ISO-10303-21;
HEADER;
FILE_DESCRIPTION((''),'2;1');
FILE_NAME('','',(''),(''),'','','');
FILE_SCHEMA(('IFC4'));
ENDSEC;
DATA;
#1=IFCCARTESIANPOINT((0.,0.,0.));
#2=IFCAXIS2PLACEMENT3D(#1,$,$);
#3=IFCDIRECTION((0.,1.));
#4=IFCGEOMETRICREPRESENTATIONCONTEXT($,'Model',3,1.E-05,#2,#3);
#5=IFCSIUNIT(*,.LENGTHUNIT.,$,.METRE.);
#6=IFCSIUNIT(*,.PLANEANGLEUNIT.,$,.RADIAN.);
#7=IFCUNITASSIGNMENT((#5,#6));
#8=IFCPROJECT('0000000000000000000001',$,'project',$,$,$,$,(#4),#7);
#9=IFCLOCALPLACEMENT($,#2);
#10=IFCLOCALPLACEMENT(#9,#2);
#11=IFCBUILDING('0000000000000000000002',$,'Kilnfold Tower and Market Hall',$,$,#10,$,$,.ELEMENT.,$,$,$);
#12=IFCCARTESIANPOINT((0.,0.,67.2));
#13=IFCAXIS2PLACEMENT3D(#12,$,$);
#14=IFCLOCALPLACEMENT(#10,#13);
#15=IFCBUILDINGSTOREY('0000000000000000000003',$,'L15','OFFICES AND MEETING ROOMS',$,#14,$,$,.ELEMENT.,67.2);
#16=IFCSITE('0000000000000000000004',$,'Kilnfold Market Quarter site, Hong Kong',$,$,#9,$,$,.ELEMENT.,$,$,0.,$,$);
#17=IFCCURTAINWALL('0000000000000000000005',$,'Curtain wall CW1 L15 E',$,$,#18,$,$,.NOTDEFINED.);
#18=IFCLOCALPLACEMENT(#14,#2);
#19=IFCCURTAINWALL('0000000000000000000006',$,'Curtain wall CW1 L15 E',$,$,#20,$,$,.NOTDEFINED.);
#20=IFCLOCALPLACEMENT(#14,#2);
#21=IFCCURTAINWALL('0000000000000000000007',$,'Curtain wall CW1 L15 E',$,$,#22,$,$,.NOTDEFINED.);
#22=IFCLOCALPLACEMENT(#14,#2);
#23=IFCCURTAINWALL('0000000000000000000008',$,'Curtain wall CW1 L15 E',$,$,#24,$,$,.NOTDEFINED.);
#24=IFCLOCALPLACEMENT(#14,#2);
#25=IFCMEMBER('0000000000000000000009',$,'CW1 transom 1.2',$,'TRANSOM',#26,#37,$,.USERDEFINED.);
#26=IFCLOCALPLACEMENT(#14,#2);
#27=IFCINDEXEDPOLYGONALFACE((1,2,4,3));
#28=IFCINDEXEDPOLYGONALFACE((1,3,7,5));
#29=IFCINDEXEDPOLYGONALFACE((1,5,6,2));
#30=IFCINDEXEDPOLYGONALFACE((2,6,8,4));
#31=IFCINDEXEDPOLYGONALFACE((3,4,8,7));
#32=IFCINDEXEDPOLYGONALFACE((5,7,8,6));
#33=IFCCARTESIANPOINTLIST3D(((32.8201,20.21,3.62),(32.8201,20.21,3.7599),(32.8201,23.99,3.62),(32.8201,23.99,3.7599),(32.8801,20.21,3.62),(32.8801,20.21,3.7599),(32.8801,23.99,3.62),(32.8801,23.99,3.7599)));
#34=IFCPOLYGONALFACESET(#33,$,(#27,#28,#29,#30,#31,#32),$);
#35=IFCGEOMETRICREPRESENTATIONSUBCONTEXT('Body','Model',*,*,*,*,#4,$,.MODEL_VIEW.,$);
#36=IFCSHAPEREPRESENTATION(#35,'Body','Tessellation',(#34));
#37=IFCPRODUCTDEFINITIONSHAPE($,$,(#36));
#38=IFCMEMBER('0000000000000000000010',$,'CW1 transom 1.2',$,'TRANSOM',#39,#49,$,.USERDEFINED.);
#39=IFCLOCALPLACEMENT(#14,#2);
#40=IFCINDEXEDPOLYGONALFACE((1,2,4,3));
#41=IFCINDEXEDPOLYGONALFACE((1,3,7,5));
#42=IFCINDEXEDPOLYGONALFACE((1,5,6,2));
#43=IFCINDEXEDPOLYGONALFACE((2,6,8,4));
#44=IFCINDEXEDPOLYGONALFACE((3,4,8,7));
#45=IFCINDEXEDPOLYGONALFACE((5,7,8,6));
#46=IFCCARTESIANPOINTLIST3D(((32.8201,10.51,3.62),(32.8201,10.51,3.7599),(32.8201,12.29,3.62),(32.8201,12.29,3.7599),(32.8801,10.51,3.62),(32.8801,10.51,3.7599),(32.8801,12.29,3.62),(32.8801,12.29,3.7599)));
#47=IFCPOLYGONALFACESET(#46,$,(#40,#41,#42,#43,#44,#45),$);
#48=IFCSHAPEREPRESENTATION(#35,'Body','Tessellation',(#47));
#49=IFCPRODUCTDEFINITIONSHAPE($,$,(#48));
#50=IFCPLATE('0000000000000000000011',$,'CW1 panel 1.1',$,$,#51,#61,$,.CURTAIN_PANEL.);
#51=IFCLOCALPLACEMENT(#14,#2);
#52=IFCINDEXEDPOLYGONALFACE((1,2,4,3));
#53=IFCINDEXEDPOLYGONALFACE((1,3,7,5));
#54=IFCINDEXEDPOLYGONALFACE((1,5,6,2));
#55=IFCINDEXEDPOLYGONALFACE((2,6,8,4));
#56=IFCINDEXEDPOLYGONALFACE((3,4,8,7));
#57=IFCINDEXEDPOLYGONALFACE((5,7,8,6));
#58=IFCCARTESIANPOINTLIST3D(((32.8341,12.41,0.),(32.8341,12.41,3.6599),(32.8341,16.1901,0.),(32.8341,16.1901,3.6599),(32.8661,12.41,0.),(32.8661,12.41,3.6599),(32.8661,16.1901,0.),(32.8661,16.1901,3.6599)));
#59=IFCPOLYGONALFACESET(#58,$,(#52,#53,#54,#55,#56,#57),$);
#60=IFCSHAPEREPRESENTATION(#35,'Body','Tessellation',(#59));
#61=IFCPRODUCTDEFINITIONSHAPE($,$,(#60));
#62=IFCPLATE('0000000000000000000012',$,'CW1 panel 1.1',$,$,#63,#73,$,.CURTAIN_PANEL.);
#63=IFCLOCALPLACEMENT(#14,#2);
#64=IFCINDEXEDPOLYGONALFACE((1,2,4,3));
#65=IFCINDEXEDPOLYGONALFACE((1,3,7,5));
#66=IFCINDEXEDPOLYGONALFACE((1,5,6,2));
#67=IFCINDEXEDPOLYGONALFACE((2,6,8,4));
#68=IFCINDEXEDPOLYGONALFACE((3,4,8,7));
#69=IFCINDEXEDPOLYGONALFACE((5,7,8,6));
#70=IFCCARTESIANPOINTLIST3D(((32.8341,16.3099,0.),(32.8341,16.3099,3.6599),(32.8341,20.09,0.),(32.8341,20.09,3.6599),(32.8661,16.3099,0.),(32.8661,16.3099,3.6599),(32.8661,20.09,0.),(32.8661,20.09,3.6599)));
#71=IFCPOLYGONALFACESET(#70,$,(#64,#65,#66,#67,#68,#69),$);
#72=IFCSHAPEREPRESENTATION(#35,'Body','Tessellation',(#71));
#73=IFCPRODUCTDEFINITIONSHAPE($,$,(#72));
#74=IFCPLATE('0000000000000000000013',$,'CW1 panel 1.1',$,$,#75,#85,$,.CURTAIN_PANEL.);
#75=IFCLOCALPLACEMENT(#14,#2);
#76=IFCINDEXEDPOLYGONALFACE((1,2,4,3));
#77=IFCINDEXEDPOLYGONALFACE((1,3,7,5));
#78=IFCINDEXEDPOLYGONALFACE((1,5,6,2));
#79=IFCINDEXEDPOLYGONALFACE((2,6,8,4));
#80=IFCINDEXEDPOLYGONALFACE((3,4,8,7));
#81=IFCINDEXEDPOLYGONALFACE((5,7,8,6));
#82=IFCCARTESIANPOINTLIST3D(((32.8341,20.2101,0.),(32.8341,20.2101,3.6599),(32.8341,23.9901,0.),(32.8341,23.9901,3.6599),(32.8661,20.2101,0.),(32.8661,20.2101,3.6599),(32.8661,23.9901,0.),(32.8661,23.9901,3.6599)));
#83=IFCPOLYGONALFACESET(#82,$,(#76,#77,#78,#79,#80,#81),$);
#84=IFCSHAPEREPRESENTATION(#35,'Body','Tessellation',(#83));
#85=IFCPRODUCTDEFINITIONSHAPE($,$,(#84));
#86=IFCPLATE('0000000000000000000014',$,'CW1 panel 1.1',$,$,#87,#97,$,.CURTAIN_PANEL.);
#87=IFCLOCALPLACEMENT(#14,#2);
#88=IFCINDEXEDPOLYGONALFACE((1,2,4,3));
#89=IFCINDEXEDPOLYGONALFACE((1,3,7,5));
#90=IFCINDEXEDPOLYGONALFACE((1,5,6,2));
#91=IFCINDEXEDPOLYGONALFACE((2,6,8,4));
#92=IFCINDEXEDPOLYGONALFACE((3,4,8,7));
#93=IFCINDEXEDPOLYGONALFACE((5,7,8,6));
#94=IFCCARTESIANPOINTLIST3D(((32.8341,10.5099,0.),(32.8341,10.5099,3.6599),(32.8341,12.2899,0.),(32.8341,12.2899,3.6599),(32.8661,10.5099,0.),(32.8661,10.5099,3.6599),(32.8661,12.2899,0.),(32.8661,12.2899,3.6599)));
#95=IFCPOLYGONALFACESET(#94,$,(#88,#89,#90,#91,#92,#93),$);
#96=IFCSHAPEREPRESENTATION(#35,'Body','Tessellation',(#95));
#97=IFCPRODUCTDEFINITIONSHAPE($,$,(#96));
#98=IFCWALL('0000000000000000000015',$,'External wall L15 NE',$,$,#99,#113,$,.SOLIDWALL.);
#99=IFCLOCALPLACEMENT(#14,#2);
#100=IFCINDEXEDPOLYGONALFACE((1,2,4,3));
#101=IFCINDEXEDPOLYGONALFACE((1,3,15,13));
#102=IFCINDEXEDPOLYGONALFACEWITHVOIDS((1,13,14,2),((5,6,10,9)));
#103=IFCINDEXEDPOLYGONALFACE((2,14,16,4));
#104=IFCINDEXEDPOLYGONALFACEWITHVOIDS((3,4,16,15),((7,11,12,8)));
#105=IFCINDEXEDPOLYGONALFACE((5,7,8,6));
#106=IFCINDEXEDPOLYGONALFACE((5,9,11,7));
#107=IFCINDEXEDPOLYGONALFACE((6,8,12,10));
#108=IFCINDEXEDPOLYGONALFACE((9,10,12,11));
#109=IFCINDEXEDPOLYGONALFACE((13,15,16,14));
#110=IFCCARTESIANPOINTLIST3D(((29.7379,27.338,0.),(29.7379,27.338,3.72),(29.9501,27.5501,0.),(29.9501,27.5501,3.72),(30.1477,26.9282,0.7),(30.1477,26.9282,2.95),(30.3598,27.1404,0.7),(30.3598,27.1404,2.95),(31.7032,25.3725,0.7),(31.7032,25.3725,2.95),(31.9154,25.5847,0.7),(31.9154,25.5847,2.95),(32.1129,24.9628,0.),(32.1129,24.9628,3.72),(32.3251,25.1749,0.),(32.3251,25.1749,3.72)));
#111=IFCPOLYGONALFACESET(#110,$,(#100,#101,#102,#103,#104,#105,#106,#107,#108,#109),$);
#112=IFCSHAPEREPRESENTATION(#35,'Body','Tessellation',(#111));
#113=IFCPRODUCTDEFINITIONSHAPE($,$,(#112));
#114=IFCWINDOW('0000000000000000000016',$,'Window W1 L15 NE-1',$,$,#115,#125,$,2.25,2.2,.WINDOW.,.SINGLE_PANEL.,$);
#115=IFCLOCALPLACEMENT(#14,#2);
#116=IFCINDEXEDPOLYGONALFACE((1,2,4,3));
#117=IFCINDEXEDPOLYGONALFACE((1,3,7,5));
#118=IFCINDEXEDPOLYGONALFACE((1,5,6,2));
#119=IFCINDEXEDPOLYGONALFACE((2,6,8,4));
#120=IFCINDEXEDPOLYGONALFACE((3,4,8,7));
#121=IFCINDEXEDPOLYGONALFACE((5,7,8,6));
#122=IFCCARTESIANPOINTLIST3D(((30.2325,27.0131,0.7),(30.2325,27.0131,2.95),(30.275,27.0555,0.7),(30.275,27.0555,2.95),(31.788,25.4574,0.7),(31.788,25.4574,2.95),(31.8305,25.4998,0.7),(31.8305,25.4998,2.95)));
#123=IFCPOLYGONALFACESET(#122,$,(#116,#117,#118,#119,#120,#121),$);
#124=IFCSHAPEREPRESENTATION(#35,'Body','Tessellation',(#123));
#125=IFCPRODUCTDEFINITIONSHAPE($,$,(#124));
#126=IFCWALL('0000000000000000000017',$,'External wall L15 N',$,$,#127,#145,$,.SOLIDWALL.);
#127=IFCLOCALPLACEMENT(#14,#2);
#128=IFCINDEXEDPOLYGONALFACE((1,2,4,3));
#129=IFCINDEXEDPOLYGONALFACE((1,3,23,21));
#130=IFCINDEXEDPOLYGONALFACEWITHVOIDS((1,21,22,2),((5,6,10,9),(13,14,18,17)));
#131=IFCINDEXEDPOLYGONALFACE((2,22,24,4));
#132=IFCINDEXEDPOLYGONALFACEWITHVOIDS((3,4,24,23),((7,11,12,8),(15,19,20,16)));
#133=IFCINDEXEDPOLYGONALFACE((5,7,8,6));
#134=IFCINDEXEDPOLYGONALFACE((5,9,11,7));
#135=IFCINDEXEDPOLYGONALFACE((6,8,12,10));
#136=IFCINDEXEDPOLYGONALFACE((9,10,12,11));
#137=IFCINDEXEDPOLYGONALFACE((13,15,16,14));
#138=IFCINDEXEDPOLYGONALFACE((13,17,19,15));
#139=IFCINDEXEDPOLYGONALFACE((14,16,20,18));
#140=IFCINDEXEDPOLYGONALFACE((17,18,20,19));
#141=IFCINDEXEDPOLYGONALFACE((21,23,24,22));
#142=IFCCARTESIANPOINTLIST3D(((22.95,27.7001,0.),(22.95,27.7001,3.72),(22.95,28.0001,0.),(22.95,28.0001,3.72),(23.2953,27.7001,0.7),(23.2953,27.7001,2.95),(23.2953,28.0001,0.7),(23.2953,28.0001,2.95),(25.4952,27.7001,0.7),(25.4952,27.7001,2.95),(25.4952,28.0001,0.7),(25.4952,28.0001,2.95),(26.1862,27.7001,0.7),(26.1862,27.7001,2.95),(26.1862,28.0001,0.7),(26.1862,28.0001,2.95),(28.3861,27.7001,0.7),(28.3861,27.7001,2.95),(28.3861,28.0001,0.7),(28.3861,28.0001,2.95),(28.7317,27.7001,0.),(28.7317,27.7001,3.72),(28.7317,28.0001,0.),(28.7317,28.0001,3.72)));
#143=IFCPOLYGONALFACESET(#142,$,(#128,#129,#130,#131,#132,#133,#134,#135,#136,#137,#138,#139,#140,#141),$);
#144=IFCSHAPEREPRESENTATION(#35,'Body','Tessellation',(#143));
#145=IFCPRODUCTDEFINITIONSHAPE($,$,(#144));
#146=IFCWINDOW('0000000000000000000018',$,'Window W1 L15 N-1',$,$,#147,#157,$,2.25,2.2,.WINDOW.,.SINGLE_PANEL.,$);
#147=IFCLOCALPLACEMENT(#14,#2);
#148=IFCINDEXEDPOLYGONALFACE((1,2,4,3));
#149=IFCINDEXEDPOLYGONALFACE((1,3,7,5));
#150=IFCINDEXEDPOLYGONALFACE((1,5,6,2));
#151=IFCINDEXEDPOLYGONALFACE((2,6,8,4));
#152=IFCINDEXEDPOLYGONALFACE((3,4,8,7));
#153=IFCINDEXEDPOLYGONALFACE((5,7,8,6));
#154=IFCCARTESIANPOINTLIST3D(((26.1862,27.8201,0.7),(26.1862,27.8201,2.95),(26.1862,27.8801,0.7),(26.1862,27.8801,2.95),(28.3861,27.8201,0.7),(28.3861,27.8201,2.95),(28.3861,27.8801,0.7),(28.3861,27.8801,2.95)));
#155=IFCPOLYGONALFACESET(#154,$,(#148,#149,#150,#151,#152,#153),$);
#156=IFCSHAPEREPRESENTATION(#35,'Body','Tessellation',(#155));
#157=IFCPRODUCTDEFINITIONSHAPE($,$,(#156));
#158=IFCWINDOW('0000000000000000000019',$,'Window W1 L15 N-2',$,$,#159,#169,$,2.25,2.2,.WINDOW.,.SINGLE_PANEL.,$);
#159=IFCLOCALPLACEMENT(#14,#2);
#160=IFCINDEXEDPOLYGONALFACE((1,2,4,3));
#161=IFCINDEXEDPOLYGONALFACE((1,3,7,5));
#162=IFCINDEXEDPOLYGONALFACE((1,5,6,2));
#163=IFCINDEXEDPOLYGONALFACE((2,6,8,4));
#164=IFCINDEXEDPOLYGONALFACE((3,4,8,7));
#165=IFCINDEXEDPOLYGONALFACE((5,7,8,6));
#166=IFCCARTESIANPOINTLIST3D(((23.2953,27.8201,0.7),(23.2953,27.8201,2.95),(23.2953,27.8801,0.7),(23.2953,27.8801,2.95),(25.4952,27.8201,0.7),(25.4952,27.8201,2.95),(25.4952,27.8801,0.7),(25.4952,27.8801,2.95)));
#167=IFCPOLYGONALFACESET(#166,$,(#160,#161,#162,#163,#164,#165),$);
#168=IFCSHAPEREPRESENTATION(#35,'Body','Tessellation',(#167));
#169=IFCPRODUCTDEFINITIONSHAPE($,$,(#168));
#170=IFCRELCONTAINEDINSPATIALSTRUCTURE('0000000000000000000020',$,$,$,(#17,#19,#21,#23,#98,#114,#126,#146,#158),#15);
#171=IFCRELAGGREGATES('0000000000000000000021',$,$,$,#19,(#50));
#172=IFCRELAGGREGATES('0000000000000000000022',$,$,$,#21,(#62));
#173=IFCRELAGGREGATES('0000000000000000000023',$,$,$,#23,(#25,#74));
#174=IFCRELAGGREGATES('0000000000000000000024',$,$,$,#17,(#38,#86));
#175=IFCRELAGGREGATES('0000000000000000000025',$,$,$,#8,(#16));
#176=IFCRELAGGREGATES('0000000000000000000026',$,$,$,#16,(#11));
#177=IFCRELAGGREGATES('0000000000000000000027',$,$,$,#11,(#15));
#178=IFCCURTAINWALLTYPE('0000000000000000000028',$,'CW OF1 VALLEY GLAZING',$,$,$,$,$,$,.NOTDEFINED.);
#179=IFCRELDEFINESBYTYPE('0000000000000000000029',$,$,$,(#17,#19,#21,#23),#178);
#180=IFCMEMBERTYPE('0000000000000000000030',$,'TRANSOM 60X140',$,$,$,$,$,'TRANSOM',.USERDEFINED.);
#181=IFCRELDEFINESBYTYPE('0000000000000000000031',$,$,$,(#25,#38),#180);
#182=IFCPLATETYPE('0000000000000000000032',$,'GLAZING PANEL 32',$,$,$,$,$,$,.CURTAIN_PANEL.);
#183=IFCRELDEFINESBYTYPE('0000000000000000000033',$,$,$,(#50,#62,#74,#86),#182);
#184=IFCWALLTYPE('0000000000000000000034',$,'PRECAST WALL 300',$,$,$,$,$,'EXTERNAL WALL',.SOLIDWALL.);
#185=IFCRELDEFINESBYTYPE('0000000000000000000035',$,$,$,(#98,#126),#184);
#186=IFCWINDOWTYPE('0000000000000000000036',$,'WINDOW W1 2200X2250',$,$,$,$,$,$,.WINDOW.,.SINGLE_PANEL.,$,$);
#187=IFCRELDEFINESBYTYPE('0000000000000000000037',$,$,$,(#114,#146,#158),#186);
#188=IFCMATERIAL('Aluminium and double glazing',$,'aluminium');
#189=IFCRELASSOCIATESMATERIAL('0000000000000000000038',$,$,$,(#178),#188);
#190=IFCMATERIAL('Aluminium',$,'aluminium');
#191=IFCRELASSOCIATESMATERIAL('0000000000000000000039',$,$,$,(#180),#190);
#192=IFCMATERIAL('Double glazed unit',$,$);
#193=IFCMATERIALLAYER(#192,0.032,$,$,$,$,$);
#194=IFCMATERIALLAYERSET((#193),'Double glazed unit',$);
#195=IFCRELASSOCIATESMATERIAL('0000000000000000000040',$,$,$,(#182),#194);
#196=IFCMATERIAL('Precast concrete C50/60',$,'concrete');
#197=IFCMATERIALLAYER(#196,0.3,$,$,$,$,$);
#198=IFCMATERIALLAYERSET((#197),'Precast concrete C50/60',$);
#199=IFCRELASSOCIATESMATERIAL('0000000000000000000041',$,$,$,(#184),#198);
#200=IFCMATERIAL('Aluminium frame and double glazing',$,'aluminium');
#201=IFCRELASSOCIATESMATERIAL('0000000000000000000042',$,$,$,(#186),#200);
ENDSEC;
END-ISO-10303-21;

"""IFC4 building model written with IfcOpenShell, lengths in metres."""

from ifc_helpers import new_model, si_unit, direction, frame, frame_2d, origin, origin_2d, place, context, subcontext, project, spatial, rectangle, extrude, source, transform, mapped, material, layer, layer_set, material_profile, profile_set, type_object, element, fill, aggregate, save


model = new_model("IFC4")

# Units and contexts
model_context = context("Model", 3, precision=1e-05, world=origin(), true_north=direction((0.0, 1.0)))
body_context = subcontext(model_context, "Body", "Model", "MODEL_VIEW")
ifc_project = project(units=[si_unit("LENGTHUNIT", "METRE"), si_unit("PLANEANGLEUNIT", "RADIAN")], contexts=[model_context])

# Site, building, storey
site_placement = place(None, origin())
site = spatial("IfcSite", under=ifc_project, at=site_placement, Name="Kilnfold Market Quarter site, Hong Kong", CompositionType="ELEMENT", RefElevation=0.0)
building_placement = place(site_placement, origin())
building = spatial("IfcBuilding", under=site, at=building_placement, Name="Kilnfold Tower and Market Hall", CompositionType="ELEMENT")
storey_placement = place(building_placement, frame((0.0, 0.0, 67.2)))
storey = spatial("IfcBuildingStorey", under=building, at=storey_placement, Name="L15", Description="OFFICES AND MEETING ROOMS", CompositionType="ELEMENT", Elevation=67.2)

# Curtain walls
ifc_material_1 = material(Name="Aluminium and double glazing", Category="aluminium")
curtain_wall_type = type_object("IfcCurtainWallType", Name="CW OF1 VALLEY GLAZING", PredefinedType="NOTDEFINED", material=ifc_material_1)
curtain_wall_1_placement = place(storey_placement, origin())
curtain_wall_1 = element("IfcCurtainWall", 1, at=curtain_wall_1_placement, inside=storey, type_object=curtain_wall_type, Name="Curtain wall CW1 L15 E", PredefinedType="NOTDEFINED")
curtain_wall_2_placement = place(storey_placement, origin())
curtain_wall_2 = element("IfcCurtainWall", 2, at=curtain_wall_2_placement, inside=storey, type_object=curtain_wall_type, Name="Curtain wall CW1 L15 E", PredefinedType="NOTDEFINED")
curtain_wall_3_placement = place(storey_placement, origin())
curtain_wall_3 = element("IfcCurtainWall", 3, at=curtain_wall_3_placement, inside=storey, type_object=curtain_wall_type, Name="Curtain wall CW1 L15 E", PredefinedType="NOTDEFINED")
curtain_wall_4_placement = place(storey_placement, origin())
curtain_wall_4 = element("IfcCurtainWall", 4, at=curtain_wall_4_placement, inside=storey, type_object=curtain_wall_type, Name="Curtain wall CW1 L15 E", PredefinedType="NOTDEFINED")

# Members
ifc_material_2 = material(Name="Aluminium", Category="aluminium")
ifc_material_profile_1 = material_profile(ifc_material_2, rectangle(XDim=0.0601, YDim=0.1399, at=origin_2d()), Name="TRANSOM 60x140")
ifc_profile_set_1 = profile_set([ifc_material_profile_1], Name="Aluminium")
member_type_1 = type_object("IfcMemberType", Name="TRANSOM 60X140", ElementType="TRANSOM", PredefinedType="USERDEFINED", material=ifc_profile_set_1)
shared_shape_1 = source(origin(), body_context, "Body", "SweptSolid", [
    extrude(rectangle(XDim=0.0601, YDim=0.1399, at=origin_2d()), origin(), (0.0, 0.0, 1.0), 3.78),
])
member_1_placement = place(storey_placement, frame((32.8501, 20.21, 3.6899), z_axis=(0.0, 1.0, 0.0), x_axis=(-1.0, 0.0, 0.0)))
member_1 = element("IfcMember", 5, at=member_1_placement, type_object=member_type_1, Name="CW1 transom 1.2", ObjectType="TRANSOM", PredefinedType="USERDEFINED", context=body_context, shape_type="MappedRepresentation", body=[
    mapped(shared_shape_1, transform((0.0, 0.0, 0.0))),
])
shared_shape_2 = source(origin(), body_context, "Body", "SweptSolid", [
    extrude(rectangle(XDim=0.0601, YDim=0.1399, at=origin_2d()), origin(), (0.0, 0.0, 1.0), 1.78),
])
member_2_placement = place(storey_placement, frame((32.8501, 10.51, 3.6899), z_axis=(0.0, 1.0, 0.0), x_axis=(-1.0, 0.0, 0.0)))
member_2 = element("IfcMember", 6, at=member_2_placement, type_object=member_type_1, Name="CW1 transom 1.2", ObjectType="TRANSOM", PredefinedType="USERDEFINED", context=body_context, shape_type="MappedRepresentation", body=[
    mapped(shared_shape_2, transform((0.0, 0.0, 0.0))),
])

# Plates
ifc_material_3 = material(Name="Double glazed unit")
ifc_layer_1 = layer(ifc_material_3, 0.032)
ifc_layer_set_1 = layer_set([ifc_layer_1], Name="Double glazed unit")
plate_type = type_object("IfcPlateType", Name="GLAZING PANEL 32", PredefinedType="CURTAIN_PANEL", material=ifc_layer_set_1)
shared_shape_3 = source(origin(), body_context, "Body", "SweptSolid", [
    extrude(rectangle(XDim=3.78, YDim=0.032, at=origin_2d()), origin(), (0.0, 0.0, 1.0), 3.6599),
])
plate_1_placement = place(storey_placement, frame((32.8501, 14.3, 0.0), z_axis=(0.0, 0.0, 1.0), x_axis=(0.0, 1.0, 0.0)))
plate_1 = element("IfcPlate", 7, at=plate_1_placement, type_object=plate_type, Name="CW1 panel 1.1", PredefinedType="CURTAIN_PANEL", context=body_context, shape_type="MappedRepresentation", body=[
    mapped(shared_shape_3, transform((0.0, 0.0, 0.0))),
])
aggregate(curtain_wall_2, [plate_1])
plate_2_placement = place(storey_placement, frame((32.8501, 18.2, 0.0), z_axis=(0.0, 0.0, 1.0), x_axis=(0.0, 1.0, 0.0)))
plate_2 = element("IfcPlate", 8, at=plate_2_placement, type_object=plate_type, Name="CW1 panel 1.1", PredefinedType="CURTAIN_PANEL", context=body_context, shape_type="MappedRepresentation", body=[
    mapped(shared_shape_3, transform((0.0, 0.0, 0.0))),
])
aggregate(curtain_wall_3, [plate_2])
plate_3_placement = place(storey_placement, frame((32.8501, 22.1001, 0.0), z_axis=(0.0, 0.0, 1.0), x_axis=(0.0, 1.0, 0.0)))
plate_3 = element("IfcPlate", 9, at=plate_3_placement, type_object=plate_type, Name="CW1 panel 1.1", PredefinedType="CURTAIN_PANEL", context=body_context, shape_type="MappedRepresentation", body=[
    mapped(shared_shape_3, transform((0.0, 0.0, 0.0))),
])
aggregate(curtain_wall_4, [member_1, plate_3])
shared_shape_4 = source(origin(), body_context, "Body", "SweptSolid", [
    extrude(rectangle(XDim=1.78, YDim=0.032, at=origin_2d()), origin(), (0.0, 0.0, 1.0), 3.6599),
])
plate_4_placement = place(storey_placement, frame((32.8501, 11.3999, 0.0), z_axis=(0.0, 0.0, 1.0), x_axis=(0.0, 1.0, 0.0)))
plate_4 = element("IfcPlate", 10, at=plate_4_placement, type_object=plate_type, Name="CW1 panel 1.1", PredefinedType="CURTAIN_PANEL", context=body_context, shape_type="MappedRepresentation", body=[
    mapped(shared_shape_4, transform((0.0, 0.0, 0.0))),
])
aggregate(curtain_wall_1, [member_2, plate_4])

# Wall, opening, window
ifc_material_4 = material(Name="Precast concrete C50/60", Category="concrete")
ifc_layer_2 = layer(ifc_material_4, 0.3)
ifc_layer_set_2 = layer_set([ifc_layer_2], Name="Precast concrete C50/60")
wall_type = type_object("IfcWallType", Name="PRECAST WALL 300", ElementType="EXTERNAL WALL", PredefinedType="SOLIDWALL", material=ifc_layer_set_2)
shared_shape_5 = source(origin(), body_context, "Body", "SweptSolid", [
    extrude(rectangle(XDim=3.3589, YDim=0.3, at=frame_2d((1.6794, 0.0))), origin(), (0.0, 0.0, 1.0), 3.72),
])
wall_1_placement = place(storey_placement, frame((32.219, 25.0688, 0.0), z_axis=(0.0, 0.0, 1.0), x_axis=(-0.70707, 0.707143, 0.0)))
wall_1 = element("IfcWall", 11, at=wall_1_placement, inside=storey, type_object=wall_type, Name="External wall L15 NE", PredefinedType="SOLIDWALL", context=body_context, shape_type="MappedRepresentation", body=[
    mapped(shared_shape_5, transform((0.0, 0.0, 0.0))),
])
opening_1_placement = place(wall_1_placement, frame((0.5793, 0.0, 0.7)))
opening_1 = element("IfcOpeningElement", 12, at=opening_1_placement, cuts=wall_1, PredefinedType="OPENING", context=body_context, shape_type="SweptSolid", body=[
    extrude(rectangle(XDim=2.2, YDim=2.25, at=frame_2d((1.1001, 1.125))), frame((0.0, 0.1602, 0.0), z_axis=(0.0, -1.0, 0.0), x_axis=(1.0, 0.0, 0.0)), (0.0, 0.0, 1.0), 0.3201),
])
ifc_material_5 = material(Name="Aluminium frame and double glazing", Category="aluminium")
window_type = type_object("IfcWindowType", Name="WINDOW W1 2200X2250", PartitioningType="SINGLE_PANEL", PredefinedType="WINDOW", material=ifc_material_5)
window_1_placement = place(opening_1_placement, origin())
window_1 = element("IfcWindow", 13, at=window_1_placement, inside=storey, type_object=window_type, Name="Window W1 L15 NE-1", OverallHeight=2.25, OverallWidth=2.2, PartitioningType="SINGLE_PANEL", PredefinedType="WINDOW", context=body_context, shape_type="SweptSolid", body=[
    extrude(rectangle(XDim=2.2, YDim=2.25, at=frame_2d((1.1001, 1.125))), frame((0.0, 0.03, 0.0), z_axis=(0.0, -1.0, 0.0), x_axis=(1.0, 0.0, 0.0)), (0.0, 0.0, 1.0), 0.0601),
])
fill(opening_1, window_1)

# Wall, openings, windows
shared_shape_6 = source(origin(), body_context, "Body", "SweptSolid", [
    extrude(rectangle(XDim=5.7817, YDim=0.3, at=frame_2d((2.8909, 0.0))), origin(), (0.0, 0.0, 1.0), 3.72),
])
wall_2_placement = place(storey_placement, frame((28.7317, 27.8501, 0.0), z_axis=(0.0, 0.0, 1.0), x_axis=(-1.0, 0.0, 0.0)))
wall_2 = element("IfcWall", 14, at=wall_2_placement, inside=storey, type_object=wall_type, Name="External wall L15 N", PredefinedType="SOLIDWALL", context=body_context, shape_type="MappedRepresentation", body=[
    mapped(shared_shape_6, transform((0.0, 0.0, 0.0))),
])
opening_2_placement = place(wall_2_placement, frame((0.3455, 0.0, 0.7)))
opening_2 = element("IfcOpeningElement", 15, at=opening_2_placement, cuts=wall_2, PredefinedType="OPENING", context=body_context, shape_type="SweptSolid", body=[
    extrude(rectangle(XDim=2.2, YDim=2.25, at=frame_2d((1.1001, 1.125))), frame((0.0, 0.1602, 0.0), z_axis=(0.0, -1.0, 0.0), x_axis=(1.0, 0.0, 0.0)), (0.0, 0.0, 1.0), 0.3201),
])
opening_3_placement = place(wall_2_placement, frame((3.2363, 0.0, 0.7)))
opening_3 = element("IfcOpeningElement", 16, at=opening_3_placement, cuts=wall_2, PredefinedType="OPENING", context=body_context, shape_type="SweptSolid", body=[
    extrude(rectangle(XDim=2.2, YDim=2.25, at=frame_2d((1.1001, 1.125))), frame((0.0, 0.1602, 0.0), z_axis=(0.0, -1.0, 0.0), x_axis=(1.0, 0.0, 0.0)), (0.0, 0.0, 1.0), 0.3201),
])
window_2_placement = place(opening_2_placement, origin())
window_2 = element("IfcWindow", 17, at=window_2_placement, inside=storey, type_object=window_type, Name="Window W1 L15 N-1", OverallHeight=2.25, OverallWidth=2.2, PartitioningType="SINGLE_PANEL", PredefinedType="WINDOW", context=body_context, shape_type="SweptSolid", body=[
    extrude(rectangle(XDim=2.2, YDim=2.25, at=frame_2d((1.1001, 1.125))), frame((0.0, 0.03, 0.0), z_axis=(0.0, -1.0, 0.0), x_axis=(1.0, 0.0, 0.0)), (0.0, 0.0, 1.0), 0.0601),
])
fill(opening_2, window_2)
window_3_placement = place(opening_3_placement, origin())
window_3 = element("IfcWindow", 18, at=window_3_placement, inside=storey, type_object=window_type, Name="Window W1 L15 N-2", OverallHeight=2.25, OverallWidth=2.2, PartitioningType="SINGLE_PANEL", PredefinedType="WINDOW", context=body_context, shape_type="SweptSolid", body=[
    extrude(rectangle(XDim=2.2, YDim=2.25, at=frame_2d((1.1001, 1.125))), frame((0.0, 0.03, 0.0), z_axis=(0.0, -1.0, 0.0), x_axis=(1.0, 0.0, 0.0)), (0.0, 0.0, 1.0), 0.0601),
])
fill(opening_3, window_3)

save(model, "model.ifc")
